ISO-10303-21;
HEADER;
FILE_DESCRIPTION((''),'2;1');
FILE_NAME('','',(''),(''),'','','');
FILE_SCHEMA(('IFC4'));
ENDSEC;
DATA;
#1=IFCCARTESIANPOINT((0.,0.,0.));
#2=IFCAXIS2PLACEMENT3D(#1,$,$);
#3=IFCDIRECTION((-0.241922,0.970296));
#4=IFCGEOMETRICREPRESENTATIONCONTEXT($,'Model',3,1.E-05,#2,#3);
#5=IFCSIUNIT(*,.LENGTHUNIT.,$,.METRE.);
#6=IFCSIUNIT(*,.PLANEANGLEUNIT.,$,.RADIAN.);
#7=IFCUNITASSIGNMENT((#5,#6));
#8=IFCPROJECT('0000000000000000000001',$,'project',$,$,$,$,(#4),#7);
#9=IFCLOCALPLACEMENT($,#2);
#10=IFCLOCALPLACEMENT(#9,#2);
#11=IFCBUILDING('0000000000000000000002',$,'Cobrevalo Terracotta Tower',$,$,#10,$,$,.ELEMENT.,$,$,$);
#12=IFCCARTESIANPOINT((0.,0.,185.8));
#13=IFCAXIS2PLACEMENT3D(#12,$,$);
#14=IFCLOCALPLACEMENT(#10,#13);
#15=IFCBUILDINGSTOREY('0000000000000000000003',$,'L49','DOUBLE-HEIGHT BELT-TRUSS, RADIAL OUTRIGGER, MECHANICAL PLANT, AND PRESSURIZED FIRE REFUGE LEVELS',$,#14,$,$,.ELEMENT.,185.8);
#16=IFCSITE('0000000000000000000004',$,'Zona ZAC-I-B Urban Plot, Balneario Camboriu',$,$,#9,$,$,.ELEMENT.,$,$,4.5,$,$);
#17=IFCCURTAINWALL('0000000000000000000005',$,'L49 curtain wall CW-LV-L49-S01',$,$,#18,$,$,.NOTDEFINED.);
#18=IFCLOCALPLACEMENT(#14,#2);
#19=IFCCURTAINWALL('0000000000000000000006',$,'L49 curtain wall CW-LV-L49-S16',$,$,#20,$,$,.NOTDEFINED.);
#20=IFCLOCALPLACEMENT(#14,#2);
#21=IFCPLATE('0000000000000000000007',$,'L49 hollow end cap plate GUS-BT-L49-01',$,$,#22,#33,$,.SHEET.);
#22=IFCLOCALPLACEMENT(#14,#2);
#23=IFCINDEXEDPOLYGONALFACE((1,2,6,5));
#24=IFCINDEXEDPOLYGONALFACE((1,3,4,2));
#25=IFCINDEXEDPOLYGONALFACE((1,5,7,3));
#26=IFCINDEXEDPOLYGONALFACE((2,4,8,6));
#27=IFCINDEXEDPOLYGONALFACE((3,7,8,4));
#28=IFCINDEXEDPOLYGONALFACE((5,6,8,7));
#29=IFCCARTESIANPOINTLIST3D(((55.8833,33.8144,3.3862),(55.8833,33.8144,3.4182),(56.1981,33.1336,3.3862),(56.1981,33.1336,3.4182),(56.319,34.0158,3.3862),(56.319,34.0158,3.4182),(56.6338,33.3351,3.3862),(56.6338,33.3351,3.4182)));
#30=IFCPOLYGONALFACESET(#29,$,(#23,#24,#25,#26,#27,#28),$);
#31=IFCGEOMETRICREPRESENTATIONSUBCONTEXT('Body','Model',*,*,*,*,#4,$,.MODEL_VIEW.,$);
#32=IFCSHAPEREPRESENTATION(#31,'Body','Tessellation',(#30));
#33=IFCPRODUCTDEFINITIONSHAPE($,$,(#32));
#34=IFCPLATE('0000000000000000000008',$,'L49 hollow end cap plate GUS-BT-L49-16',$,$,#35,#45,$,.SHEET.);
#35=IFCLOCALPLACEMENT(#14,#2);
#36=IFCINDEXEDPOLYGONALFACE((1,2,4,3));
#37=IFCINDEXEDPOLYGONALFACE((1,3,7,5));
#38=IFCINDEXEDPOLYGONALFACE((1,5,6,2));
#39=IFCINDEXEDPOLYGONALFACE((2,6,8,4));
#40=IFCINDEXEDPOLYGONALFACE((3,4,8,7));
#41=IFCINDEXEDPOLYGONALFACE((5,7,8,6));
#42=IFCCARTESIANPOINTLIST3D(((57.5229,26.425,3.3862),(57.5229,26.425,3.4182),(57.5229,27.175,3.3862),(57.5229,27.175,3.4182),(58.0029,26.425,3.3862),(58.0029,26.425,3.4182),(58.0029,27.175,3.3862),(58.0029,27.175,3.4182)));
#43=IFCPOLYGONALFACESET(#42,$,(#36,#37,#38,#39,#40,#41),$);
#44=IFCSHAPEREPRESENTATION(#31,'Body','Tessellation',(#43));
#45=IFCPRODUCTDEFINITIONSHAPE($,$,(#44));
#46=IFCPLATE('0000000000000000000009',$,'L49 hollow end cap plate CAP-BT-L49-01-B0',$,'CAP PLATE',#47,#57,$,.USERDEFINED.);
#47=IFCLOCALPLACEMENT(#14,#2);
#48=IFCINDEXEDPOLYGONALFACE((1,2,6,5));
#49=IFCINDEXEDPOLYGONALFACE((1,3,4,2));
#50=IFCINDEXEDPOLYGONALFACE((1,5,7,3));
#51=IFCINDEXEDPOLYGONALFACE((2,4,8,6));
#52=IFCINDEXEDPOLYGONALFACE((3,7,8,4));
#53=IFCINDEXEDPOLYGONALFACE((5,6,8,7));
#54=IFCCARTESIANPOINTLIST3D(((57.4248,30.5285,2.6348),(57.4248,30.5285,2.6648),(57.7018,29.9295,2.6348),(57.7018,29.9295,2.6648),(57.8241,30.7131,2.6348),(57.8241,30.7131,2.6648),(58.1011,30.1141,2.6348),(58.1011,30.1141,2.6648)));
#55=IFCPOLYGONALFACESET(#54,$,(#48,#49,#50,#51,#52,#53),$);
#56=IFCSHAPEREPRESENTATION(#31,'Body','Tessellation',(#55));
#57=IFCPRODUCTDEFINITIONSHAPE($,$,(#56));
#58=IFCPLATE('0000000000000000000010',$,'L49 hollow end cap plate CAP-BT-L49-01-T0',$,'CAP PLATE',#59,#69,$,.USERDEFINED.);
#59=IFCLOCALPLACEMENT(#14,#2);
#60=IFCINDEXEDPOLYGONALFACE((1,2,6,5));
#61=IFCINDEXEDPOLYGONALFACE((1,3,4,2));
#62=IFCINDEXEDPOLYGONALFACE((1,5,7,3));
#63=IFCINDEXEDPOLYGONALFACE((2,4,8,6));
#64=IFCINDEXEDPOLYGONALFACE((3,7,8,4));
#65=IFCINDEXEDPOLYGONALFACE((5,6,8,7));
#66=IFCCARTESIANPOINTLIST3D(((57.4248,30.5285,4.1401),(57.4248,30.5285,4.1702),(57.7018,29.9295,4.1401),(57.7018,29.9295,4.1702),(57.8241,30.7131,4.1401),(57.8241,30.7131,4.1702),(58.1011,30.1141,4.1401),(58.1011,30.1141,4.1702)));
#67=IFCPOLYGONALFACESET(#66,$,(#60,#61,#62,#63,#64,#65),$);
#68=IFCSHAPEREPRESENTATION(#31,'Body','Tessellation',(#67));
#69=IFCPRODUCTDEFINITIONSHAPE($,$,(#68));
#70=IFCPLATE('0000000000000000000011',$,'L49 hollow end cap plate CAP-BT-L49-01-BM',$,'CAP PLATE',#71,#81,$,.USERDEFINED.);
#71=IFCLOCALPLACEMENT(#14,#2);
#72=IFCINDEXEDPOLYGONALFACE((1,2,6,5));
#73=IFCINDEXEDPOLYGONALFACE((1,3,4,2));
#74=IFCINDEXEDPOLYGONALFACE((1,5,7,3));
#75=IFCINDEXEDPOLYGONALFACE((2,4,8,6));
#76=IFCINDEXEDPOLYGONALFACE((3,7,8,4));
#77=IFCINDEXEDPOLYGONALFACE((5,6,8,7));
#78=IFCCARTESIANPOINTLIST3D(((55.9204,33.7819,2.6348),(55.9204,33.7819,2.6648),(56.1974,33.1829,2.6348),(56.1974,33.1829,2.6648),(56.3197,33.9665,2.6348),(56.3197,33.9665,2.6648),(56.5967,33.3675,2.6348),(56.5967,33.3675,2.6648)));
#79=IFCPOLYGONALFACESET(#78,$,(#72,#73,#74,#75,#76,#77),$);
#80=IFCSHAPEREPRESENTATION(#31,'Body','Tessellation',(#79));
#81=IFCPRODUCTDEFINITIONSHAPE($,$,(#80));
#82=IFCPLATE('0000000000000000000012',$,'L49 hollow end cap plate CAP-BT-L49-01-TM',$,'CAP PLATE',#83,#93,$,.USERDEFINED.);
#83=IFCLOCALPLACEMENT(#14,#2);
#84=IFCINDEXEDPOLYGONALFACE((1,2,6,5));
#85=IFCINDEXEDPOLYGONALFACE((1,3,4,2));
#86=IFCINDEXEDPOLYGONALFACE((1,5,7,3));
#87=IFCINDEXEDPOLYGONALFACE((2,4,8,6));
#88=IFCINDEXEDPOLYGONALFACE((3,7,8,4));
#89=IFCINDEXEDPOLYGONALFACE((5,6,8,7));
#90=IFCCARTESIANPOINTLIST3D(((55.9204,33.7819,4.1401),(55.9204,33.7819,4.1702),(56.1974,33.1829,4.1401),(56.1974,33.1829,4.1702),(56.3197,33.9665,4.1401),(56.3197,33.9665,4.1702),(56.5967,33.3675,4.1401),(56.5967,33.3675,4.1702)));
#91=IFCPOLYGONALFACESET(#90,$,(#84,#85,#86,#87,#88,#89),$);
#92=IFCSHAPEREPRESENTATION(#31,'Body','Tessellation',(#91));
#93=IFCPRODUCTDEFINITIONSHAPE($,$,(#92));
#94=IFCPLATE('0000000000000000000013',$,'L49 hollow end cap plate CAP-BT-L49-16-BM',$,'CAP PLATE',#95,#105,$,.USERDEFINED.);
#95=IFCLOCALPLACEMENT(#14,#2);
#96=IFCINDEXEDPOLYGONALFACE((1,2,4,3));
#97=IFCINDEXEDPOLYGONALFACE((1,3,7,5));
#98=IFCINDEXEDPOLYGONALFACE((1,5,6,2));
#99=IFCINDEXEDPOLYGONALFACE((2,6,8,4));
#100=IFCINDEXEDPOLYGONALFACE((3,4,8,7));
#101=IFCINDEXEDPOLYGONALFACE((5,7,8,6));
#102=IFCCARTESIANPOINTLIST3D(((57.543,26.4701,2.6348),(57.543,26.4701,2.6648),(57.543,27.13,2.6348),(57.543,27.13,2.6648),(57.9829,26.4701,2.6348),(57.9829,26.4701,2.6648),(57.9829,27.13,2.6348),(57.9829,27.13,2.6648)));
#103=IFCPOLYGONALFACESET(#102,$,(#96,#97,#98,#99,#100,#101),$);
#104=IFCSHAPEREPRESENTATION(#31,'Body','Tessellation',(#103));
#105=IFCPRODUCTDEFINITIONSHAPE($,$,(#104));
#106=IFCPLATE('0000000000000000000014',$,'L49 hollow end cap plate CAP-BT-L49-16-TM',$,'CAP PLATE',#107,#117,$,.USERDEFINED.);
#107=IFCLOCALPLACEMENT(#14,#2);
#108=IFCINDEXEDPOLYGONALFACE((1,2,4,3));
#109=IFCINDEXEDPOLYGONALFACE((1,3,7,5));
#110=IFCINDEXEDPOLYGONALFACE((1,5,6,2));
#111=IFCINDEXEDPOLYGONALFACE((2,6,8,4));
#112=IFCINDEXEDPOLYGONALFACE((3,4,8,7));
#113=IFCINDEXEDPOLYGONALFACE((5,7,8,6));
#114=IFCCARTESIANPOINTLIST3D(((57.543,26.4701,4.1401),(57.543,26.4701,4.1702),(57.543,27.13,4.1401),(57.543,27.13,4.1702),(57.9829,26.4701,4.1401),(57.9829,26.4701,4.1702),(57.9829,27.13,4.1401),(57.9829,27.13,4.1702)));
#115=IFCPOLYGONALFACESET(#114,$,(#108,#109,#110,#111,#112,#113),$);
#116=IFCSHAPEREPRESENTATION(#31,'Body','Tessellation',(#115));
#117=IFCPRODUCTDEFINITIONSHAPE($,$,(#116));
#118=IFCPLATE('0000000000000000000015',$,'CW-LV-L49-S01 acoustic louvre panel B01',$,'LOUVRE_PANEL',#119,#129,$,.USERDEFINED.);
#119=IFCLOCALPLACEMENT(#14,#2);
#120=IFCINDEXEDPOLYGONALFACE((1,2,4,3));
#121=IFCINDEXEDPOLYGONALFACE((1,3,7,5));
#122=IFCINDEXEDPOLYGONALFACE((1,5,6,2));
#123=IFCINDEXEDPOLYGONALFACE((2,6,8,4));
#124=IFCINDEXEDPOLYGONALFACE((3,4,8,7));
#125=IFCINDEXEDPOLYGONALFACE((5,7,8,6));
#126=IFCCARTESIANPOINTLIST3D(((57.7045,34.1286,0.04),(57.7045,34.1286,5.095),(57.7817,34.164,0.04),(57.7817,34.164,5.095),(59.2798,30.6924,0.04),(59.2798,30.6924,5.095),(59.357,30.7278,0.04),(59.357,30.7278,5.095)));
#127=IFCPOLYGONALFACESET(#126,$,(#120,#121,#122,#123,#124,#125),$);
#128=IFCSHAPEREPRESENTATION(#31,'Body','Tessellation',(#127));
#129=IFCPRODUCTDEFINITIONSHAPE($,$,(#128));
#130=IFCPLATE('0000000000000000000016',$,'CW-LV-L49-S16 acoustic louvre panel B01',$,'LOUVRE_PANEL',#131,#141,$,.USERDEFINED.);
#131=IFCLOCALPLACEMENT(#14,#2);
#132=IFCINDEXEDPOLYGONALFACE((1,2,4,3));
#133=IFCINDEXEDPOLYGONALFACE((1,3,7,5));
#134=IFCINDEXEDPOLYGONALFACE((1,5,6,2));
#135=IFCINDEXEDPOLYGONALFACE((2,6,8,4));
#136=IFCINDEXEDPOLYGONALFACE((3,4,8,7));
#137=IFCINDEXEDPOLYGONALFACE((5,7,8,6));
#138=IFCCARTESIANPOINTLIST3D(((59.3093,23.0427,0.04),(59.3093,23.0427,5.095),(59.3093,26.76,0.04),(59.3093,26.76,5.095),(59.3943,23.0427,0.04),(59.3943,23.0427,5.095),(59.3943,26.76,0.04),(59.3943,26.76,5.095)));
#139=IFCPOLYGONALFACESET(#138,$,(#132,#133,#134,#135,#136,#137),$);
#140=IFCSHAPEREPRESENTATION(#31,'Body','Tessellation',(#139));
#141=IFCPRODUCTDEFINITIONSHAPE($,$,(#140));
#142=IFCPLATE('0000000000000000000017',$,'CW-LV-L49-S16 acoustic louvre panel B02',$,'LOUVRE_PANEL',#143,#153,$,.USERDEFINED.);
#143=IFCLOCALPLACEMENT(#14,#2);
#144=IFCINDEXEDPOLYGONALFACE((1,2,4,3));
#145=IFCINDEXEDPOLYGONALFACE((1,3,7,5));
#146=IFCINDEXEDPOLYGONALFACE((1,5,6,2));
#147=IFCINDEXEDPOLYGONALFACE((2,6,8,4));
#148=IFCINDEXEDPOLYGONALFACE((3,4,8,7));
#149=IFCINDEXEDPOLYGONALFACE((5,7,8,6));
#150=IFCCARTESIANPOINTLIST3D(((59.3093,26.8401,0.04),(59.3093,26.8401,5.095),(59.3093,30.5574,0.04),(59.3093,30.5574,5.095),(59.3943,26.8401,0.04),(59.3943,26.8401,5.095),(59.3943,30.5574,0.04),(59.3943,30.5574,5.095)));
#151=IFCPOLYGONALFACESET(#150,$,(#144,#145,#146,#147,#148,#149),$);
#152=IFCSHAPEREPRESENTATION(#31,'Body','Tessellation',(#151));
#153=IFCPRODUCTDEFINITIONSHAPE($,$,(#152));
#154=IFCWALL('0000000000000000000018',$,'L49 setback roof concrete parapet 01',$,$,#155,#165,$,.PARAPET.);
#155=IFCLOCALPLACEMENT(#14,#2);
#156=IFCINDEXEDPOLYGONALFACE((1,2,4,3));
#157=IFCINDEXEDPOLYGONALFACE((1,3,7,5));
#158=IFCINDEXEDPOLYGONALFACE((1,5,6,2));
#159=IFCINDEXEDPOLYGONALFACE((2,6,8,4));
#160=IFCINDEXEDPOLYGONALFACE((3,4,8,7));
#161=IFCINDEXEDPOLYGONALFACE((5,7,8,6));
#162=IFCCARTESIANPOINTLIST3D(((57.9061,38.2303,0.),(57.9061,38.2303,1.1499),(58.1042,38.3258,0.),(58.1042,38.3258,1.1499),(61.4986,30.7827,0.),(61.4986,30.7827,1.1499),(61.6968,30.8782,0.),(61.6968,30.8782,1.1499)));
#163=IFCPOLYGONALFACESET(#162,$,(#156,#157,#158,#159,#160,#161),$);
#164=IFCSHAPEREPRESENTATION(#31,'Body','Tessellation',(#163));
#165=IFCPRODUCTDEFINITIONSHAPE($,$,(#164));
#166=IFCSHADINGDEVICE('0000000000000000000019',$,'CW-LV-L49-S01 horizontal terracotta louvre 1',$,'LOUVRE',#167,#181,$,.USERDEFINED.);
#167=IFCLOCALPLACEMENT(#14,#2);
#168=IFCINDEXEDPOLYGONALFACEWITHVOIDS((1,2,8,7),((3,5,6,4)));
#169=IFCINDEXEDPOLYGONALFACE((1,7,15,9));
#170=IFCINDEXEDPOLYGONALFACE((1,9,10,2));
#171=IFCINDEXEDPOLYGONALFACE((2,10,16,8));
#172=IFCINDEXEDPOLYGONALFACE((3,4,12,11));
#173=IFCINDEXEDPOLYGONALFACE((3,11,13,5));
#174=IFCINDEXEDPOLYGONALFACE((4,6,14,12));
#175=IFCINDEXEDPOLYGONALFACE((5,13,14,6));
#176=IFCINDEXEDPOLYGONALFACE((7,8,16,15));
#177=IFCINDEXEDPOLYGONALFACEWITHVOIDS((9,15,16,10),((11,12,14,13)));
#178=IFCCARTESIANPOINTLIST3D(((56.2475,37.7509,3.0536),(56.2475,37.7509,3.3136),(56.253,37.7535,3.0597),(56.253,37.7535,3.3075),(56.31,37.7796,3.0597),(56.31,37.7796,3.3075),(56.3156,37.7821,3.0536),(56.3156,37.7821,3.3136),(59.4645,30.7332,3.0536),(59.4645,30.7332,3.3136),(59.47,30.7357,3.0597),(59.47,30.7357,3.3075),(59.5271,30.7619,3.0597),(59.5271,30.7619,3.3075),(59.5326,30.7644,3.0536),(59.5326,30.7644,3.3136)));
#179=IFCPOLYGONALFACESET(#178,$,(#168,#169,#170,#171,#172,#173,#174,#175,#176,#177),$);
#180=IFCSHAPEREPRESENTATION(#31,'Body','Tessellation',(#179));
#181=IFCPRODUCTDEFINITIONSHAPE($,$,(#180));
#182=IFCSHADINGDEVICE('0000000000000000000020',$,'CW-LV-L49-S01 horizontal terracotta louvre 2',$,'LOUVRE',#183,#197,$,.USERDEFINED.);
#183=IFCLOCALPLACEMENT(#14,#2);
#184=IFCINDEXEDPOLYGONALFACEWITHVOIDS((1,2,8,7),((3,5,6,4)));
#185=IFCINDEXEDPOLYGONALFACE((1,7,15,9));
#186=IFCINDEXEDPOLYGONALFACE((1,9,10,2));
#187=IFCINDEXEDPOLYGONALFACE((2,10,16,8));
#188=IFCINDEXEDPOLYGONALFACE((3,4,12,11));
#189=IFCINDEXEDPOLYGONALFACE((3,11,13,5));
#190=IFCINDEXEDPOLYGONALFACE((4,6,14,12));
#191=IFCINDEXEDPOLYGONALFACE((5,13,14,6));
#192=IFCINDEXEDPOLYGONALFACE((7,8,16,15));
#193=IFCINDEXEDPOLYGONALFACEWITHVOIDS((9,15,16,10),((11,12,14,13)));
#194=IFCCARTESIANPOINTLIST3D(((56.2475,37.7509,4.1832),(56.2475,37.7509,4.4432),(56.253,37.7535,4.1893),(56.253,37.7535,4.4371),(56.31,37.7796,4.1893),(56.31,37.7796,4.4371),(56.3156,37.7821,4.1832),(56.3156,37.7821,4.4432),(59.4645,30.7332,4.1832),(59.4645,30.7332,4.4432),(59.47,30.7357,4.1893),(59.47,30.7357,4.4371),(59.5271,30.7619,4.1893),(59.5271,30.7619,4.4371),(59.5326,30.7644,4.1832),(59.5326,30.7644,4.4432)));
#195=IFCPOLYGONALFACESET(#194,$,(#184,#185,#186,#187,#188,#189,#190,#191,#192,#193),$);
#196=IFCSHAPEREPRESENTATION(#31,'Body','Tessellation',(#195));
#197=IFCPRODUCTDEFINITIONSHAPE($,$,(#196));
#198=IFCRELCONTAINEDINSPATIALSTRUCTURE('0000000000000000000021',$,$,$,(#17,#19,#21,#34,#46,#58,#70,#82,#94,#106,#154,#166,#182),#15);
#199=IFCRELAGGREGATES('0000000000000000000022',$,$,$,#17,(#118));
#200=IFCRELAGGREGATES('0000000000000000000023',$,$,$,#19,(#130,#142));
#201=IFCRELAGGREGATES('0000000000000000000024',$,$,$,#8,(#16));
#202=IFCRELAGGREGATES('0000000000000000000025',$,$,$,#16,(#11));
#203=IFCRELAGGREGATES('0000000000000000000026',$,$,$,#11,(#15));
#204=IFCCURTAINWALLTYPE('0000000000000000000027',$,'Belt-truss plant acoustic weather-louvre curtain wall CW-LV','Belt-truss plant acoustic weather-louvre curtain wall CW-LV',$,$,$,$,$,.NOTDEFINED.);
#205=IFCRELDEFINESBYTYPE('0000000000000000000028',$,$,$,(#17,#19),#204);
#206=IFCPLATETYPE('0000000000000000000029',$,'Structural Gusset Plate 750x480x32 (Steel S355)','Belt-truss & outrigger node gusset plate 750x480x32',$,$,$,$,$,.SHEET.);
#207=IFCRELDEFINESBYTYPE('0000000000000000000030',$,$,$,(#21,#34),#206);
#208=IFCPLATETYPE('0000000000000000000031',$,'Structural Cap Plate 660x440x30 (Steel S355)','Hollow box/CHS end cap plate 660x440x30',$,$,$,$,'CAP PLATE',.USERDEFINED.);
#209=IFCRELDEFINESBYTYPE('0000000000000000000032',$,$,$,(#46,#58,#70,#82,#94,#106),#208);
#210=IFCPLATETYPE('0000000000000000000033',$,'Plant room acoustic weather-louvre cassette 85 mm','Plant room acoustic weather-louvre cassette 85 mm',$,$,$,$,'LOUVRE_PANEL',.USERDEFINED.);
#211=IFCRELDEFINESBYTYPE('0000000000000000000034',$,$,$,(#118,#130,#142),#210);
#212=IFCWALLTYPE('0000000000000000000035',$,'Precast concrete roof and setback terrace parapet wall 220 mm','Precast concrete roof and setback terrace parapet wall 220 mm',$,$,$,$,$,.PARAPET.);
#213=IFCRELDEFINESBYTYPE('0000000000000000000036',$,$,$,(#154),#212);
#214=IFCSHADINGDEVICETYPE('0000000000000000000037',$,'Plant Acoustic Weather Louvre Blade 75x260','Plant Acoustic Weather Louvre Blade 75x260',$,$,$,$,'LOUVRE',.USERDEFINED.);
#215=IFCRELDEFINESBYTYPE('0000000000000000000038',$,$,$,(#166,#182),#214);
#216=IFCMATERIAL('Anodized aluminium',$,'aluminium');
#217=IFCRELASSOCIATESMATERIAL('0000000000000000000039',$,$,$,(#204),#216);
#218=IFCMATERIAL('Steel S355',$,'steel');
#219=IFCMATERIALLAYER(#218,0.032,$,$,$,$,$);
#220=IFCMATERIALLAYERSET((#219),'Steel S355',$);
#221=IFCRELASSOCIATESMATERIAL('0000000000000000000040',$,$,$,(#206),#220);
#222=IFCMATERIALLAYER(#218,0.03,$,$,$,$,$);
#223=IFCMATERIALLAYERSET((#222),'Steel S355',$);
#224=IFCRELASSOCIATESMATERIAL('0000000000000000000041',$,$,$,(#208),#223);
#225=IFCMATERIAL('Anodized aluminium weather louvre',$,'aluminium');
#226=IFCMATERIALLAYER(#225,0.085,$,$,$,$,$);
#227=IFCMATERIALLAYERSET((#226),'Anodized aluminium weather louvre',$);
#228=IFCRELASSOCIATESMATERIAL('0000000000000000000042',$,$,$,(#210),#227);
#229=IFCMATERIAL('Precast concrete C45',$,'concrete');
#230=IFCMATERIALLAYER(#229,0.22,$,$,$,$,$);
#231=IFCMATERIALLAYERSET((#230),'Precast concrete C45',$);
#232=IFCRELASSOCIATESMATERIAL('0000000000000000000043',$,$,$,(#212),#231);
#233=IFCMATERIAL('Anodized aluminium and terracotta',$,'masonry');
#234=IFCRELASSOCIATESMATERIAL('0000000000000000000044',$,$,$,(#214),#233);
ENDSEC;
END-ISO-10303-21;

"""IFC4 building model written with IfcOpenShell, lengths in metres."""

from ifc_helpers import new_model, si_unit, direction, frame, frame_2d, origin, origin_2d, place, context, subcontext, project, spatial, rectangle, hollow_rectangle, extrude, source, transform, mapped, material, layer, layer_set, material_profile, profile_set, type_object, element, aggregate, save


model = new_model("IFC4")

# Units and contexts
model_context = context("Model", 3, precision=1e-05, world=origin(), true_north=direction((-0.241922, 0.970296)))
body_context = subcontext(model_context, "Body", "Model", "MODEL_VIEW")
ifc_project = project(units=[si_unit("LENGTHUNIT", "METRE"), si_unit("PLANEANGLEUNIT", "RADIAN")], contexts=[model_context])

# Site, building, storey
site_placement = place(None, origin())
site = spatial("IfcSite", under=ifc_project, at=site_placement, Name="Zona ZAC-I-B Urban Plot, Balneario Camboriu", CompositionType="ELEMENT", RefElevation=4.5)
building_placement = place(site_placement, origin())
building = spatial("IfcBuilding", under=site, at=building_placement, Name="Cobrevalo Terracotta Tower", CompositionType="ELEMENT")
storey_placement = place(building_placement, frame((0.0, 0.0, 185.8)))
storey = spatial("IfcBuildingStorey", under=building, at=storey_placement, Name="L49", Description="DOUBLE-HEIGHT BELT-TRUSS, RADIAL OUTRIGGER, MECHANICAL PLANT, AND PRESSURIZED FIRE REFUGE LEVELS", CompositionType="ELEMENT", Elevation=185.8)

# Shared definitions
ifc_material_1 = material(Name="Steel S355", Category="steel")

# Curtain wall
ifc_material_2 = material(Name="Anodized aluminium", Category="aluminium")
curtain_wall_type = type_object("IfcCurtainWallType", Name="Belt-truss plant acoustic weather-louvre curtain wall CW-LV", Description="Belt-truss plant acoustic weather-louvre curtain wall CW-LV", PredefinedType="NOTDEFINED", material=ifc_material_2)
curtain_wall_1_placement = place(storey_placement, origin())
curtain_wall_1 = element("IfcCurtainWall", 1, at=curtain_wall_1_placement, inside=storey, type_object=curtain_wall_type, Name="L49 curtain wall CW-LV-L49-S01", PredefinedType="NOTDEFINED")

# Curtain wall
curtain_wall_2_placement = place(storey_placement, origin())
curtain_wall_2 = element("IfcCurtainWall", 2, at=curtain_wall_2_placement, inside=storey, type_object=curtain_wall_type, Name="L49 curtain wall CW-LV-L49-S16", PredefinedType="NOTDEFINED")

# Plates
ifc_layer_1 = layer(ifc_material_1, 0.032)
ifc_layer_set_1 = layer_set([ifc_layer_1], Name="Steel S355")
plate_type_1 = type_object("IfcPlateType", Name="Structural Gusset Plate 750x480x32 (Steel S355)", Description="Belt-truss & outrigger node gusset plate 750x480x32", PredefinedType="SHEET", material=ifc_layer_set_1)
shared_shape_1 = source(origin(), body_context, "Body", "SweptSolid", [
    extrude(rectangle(XDim=0.75, YDim=0.48, at=origin_2d()), origin(), (0.0, 0.0, 1.0), 0.032),
])
for number, where, z_axis, x_axis, name in (
    (3, (56.2585, 33.5747, 3.3862), (0.0, 0.0, 1.0), (-0.419706, 0.90766, 0.0), "L49 hollow end cap plate GUS-BT-L49-01"),
    (4, (57.7629, 26.8, 3.3862), (0.0, 0.0, 1.0), (0.0, 1.0, 0.0), "L49 hollow end cap plate GUS-BT-L49-16"),
):
    element("IfcPlate", number, at=place(storey_placement, frame(where, z_axis=z_axis, x_axis=x_axis)), inside=storey, type_object=plate_type_1, Name=name, PredefinedType="SHEET", context=body_context, shape_type="MappedRepresentation", body=[
        mapped(shared_shape_1, transform((0.0, 0.0, 0.0), scale=1.0)),
    ])
ifc_layer_2 = layer(ifc_material_1, 0.03)
ifc_layer_set_2 = layer_set([ifc_layer_2], Name="Steel S355")
plate_type_2 = type_object("IfcPlateType", Name="Structural Cap Plate 660x440x30 (Steel S355)", Description="Hollow box/CHS end cap plate 660x440x30", ElementType="CAP PLATE", PredefinedType="USERDEFINED", material=ifc_layer_set_2)
shared_shape_2 = source(origin(), body_context, "Body", "SweptSolid", [
    extrude(rectangle(XDim=0.6599, YDim=0.4399, at=origin_2d()), origin(), (0.0, 0.0, 1.0), 0.03),
])
for number, where, z_axis, x_axis, name in (
    (5, (57.7629, 30.3213, 2.6348), (0.0, 0.0, 1.0), (-0.419706, 0.90766, 0.0), "L49 hollow end cap plate CAP-BT-L49-01-B0"),
    (6, (57.7629, 30.3213, 4.1401), (0.0, 0.0, 1.0), (-0.419706, 0.90766, 0.0), "L49 hollow end cap plate CAP-BT-L49-01-T0"),
    (7, (56.2585, 33.5747, 2.6348), (0.0, 0.0, 1.0), (-0.419706, 0.90766, 0.0), "L49 hollow end cap plate CAP-BT-L49-01-BM"),
    (8, (56.2585, 33.5747, 4.1401), (0.0, 0.0, 1.0), (-0.419706, 0.90766, 0.0), "L49 hollow end cap plate CAP-BT-L49-01-TM"),
    (9, (57.7629, 26.8, 2.6348), (0.0, 0.0, 1.0), (0.0, 1.0, 0.0), "L49 hollow end cap plate CAP-BT-L49-16-BM"),
    (10, (57.7629, 26.8, 4.1401), (0.0, 0.0, 1.0), (0.0, 1.0, 0.0), "L49 hollow end cap plate CAP-BT-L49-16-TM"),
):
    element("IfcPlate", number, at=place(storey_placement, frame(where, z_axis=z_axis, x_axis=x_axis)), inside=storey, type_object=plate_type_2, Name=name, ObjectType="CAP PLATE", PredefinedType="USERDEFINED", context=body_context, shape_type="MappedRepresentation", body=[
        mapped(shared_shape_2, transform((0.0, 0.0, 0.0), scale=1.0)),
    ])

# Plates
ifc_material_3 = material(Name="Anodized aluminium weather louvre", Category="aluminium")
ifc_layer_3 = layer(ifc_material_3, 0.085)
ifc_layer_set_3 = layer_set([ifc_layer_3], Name="Anodized aluminium weather louvre")
plate_type_3 = type_object("IfcPlateType", Name="Plant room acoustic weather-louvre cassette 85 mm", Description="Plant room acoustic weather-louvre cassette 85 mm", ElementType="LOUVRE_PANEL", PredefinedType="USERDEFINED", material=ifc_layer_set_3)
shared_shape_3 = source(origin(), body_context, "Body", "SweptSolid", [
    extrude(rectangle(XDim=3.78, YDim=0.085, at=origin_2d()), origin(), (0.0, 0.0, 1.0), 5.0549),
])
plate_1_placement = place(storey_placement, frame((58.5308, 32.4282, 0.04), z_axis=(0.0, 0.0, 1.0), x_axis=(-0.416731, 0.90903, 0.0)))
plate_1 = element("IfcPlate", 11, at=plate_1_placement, type_object=plate_type_3, Name="CW-LV-L49-S01 acoustic louvre panel B01", ObjectType="LOUVRE_PANEL", PredefinedType="USERDEFINED", context=body_context, shape_type="MappedRepresentation", body=[
    mapped(shared_shape_3, transform((0.0, 0.0, 0.0), scale=1.0)),
])
aggregate(curtain_wall_1, [plate_1])
shared_shape_4 = source(origin(), body_context, "Body", "SweptSolid", [
    extrude(rectangle(XDim=3.7173, YDim=0.085, at=origin_2d()), origin(), (0.0, 0.0, 1.0), 5.0549),
])
plate_2_placement = place(storey_placement, frame((59.3518, 24.9014, 0.04), z_axis=(0.0, 0.0, 1.0), x_axis=(0.0, 1.0, 0.0)))
plate_2 = element("IfcPlate", 12, at=plate_2_placement, type_object=plate_type_3, Name="CW-LV-L49-S16 acoustic louvre panel B01", ObjectType="LOUVRE_PANEL", PredefinedType="USERDEFINED", context=body_context, shape_type="MappedRepresentation", body=[
    mapped(shared_shape_4, transform((0.0, 0.0, 0.0), scale=1.0)),
])
plate_3_placement = place(storey_placement, frame((59.3518, 28.6987, 0.04), z_axis=(0.0, 0.0, 1.0), x_axis=(0.0, 1.0, 0.0)))
plate_3 = element("IfcPlate", 13, at=plate_3_placement, type_object=plate_type_3, Name="CW-LV-L49-S16 acoustic louvre panel B02", ObjectType="LOUVRE_PANEL", PredefinedType="USERDEFINED", context=body_context, shape_type="MappedRepresentation", body=[
    mapped(shared_shape_4, transform((0.0, 0.0, 0.0), scale=1.0)),
])
aggregate(curtain_wall_2, [plate_2, plate_3])

# Wall
ifc_material_4 = material(Name="Precast concrete C45", Category="concrete")
ifc_layer_4 = layer(ifc_material_4, 0.22)
ifc_layer_set_4 = layer_set([ifc_layer_4], Name="Precast concrete C45")
wall_type = type_object("IfcWallType", Name="Precast concrete roof and setback terrace parapet wall 220 mm", Description="Precast concrete roof and setback terrace parapet wall 220 mm", PredefinedType="PARAPET", material=ifc_layer_set_4)
wall_placement = place(storey_placement, frame((61.5977, 30.8306, 0.0), z_axis=(0.0, 0.0, 1.0), x_axis=(-0.434472, 0.900685, 0.0)))
element("IfcWall", 14, at=wall_placement, inside=storey, type_object=wall_type, Name="L49 setback roof concrete parapet 01", PredefinedType="PARAPET", context=body_context, shape_type="SweptSolid", body=[
    extrude(rectangle(XDim=8.2688, YDim=0.22, at=frame_2d((4.1343, 0.0))), origin(), (0.0, 0.0, 1.0), 1.1499),
])

# Shading devices
ifc_material_5 = material(Name="Anodized aluminium and terracotta", Category="masonry")
ifc_material_profile_1 = material_profile(ifc_material_5, hollow_rectangle(XDim=0.075, YDim=0.26, WallThickness=0.0061, at=origin_2d()), Name="LOUVRE BLADE 75x260")
ifc_profile_set_1 = profile_set([ifc_material_profile_1], Name="Anodized aluminium and terracotta")
shading_device_type = type_object("IfcShadingDeviceType", Name="Plant Acoustic Weather Louvre Blade 75x260", Description="Plant Acoustic Weather Louvre Blade 75x260", ElementType="LOUVRE", PredefinedType="USERDEFINED", material=ifc_profile_set_1)
shared_shape_5 = source(origin(), body_context, "Body", "SweptSolid", [
    extrude(hollow_rectangle(XDim=0.075, YDim=0.26, WallThickness=0.0061, at=origin_2d()), origin(), (0.0, 0.0, 1.0), 7.72),
])
for number, where, z_axis, x_axis, name in (
    (15, (59.4985, 30.7488, 3.1836), (-0.416712, 0.909038, 0.0), (-0.909038, -0.416712, 0.0), "CW-LV-L49-S01 horizontal terracotta louvre 1"),
    (16, (59.4985, 30.7488, 4.3132), (-0.416712, 0.909038, 0.0), (-0.909038, -0.416712, 0.0), "CW-LV-L49-S01 horizontal terracotta louvre 2"),
):
    element("IfcShadingDevice", number, at=place(storey_placement, frame(where, z_axis=z_axis, x_axis=x_axis)), inside=storey, type_object=shading_device_type, Name=name, ObjectType="LOUVRE", PredefinedType="USERDEFINED", context=body_context, shape_type="MappedRepresentation", body=[
        mapped(shared_shape_5, transform((0.0, 0.0, 0.0), scale=1.0)),
    ])

save(model, "model.ifc")
